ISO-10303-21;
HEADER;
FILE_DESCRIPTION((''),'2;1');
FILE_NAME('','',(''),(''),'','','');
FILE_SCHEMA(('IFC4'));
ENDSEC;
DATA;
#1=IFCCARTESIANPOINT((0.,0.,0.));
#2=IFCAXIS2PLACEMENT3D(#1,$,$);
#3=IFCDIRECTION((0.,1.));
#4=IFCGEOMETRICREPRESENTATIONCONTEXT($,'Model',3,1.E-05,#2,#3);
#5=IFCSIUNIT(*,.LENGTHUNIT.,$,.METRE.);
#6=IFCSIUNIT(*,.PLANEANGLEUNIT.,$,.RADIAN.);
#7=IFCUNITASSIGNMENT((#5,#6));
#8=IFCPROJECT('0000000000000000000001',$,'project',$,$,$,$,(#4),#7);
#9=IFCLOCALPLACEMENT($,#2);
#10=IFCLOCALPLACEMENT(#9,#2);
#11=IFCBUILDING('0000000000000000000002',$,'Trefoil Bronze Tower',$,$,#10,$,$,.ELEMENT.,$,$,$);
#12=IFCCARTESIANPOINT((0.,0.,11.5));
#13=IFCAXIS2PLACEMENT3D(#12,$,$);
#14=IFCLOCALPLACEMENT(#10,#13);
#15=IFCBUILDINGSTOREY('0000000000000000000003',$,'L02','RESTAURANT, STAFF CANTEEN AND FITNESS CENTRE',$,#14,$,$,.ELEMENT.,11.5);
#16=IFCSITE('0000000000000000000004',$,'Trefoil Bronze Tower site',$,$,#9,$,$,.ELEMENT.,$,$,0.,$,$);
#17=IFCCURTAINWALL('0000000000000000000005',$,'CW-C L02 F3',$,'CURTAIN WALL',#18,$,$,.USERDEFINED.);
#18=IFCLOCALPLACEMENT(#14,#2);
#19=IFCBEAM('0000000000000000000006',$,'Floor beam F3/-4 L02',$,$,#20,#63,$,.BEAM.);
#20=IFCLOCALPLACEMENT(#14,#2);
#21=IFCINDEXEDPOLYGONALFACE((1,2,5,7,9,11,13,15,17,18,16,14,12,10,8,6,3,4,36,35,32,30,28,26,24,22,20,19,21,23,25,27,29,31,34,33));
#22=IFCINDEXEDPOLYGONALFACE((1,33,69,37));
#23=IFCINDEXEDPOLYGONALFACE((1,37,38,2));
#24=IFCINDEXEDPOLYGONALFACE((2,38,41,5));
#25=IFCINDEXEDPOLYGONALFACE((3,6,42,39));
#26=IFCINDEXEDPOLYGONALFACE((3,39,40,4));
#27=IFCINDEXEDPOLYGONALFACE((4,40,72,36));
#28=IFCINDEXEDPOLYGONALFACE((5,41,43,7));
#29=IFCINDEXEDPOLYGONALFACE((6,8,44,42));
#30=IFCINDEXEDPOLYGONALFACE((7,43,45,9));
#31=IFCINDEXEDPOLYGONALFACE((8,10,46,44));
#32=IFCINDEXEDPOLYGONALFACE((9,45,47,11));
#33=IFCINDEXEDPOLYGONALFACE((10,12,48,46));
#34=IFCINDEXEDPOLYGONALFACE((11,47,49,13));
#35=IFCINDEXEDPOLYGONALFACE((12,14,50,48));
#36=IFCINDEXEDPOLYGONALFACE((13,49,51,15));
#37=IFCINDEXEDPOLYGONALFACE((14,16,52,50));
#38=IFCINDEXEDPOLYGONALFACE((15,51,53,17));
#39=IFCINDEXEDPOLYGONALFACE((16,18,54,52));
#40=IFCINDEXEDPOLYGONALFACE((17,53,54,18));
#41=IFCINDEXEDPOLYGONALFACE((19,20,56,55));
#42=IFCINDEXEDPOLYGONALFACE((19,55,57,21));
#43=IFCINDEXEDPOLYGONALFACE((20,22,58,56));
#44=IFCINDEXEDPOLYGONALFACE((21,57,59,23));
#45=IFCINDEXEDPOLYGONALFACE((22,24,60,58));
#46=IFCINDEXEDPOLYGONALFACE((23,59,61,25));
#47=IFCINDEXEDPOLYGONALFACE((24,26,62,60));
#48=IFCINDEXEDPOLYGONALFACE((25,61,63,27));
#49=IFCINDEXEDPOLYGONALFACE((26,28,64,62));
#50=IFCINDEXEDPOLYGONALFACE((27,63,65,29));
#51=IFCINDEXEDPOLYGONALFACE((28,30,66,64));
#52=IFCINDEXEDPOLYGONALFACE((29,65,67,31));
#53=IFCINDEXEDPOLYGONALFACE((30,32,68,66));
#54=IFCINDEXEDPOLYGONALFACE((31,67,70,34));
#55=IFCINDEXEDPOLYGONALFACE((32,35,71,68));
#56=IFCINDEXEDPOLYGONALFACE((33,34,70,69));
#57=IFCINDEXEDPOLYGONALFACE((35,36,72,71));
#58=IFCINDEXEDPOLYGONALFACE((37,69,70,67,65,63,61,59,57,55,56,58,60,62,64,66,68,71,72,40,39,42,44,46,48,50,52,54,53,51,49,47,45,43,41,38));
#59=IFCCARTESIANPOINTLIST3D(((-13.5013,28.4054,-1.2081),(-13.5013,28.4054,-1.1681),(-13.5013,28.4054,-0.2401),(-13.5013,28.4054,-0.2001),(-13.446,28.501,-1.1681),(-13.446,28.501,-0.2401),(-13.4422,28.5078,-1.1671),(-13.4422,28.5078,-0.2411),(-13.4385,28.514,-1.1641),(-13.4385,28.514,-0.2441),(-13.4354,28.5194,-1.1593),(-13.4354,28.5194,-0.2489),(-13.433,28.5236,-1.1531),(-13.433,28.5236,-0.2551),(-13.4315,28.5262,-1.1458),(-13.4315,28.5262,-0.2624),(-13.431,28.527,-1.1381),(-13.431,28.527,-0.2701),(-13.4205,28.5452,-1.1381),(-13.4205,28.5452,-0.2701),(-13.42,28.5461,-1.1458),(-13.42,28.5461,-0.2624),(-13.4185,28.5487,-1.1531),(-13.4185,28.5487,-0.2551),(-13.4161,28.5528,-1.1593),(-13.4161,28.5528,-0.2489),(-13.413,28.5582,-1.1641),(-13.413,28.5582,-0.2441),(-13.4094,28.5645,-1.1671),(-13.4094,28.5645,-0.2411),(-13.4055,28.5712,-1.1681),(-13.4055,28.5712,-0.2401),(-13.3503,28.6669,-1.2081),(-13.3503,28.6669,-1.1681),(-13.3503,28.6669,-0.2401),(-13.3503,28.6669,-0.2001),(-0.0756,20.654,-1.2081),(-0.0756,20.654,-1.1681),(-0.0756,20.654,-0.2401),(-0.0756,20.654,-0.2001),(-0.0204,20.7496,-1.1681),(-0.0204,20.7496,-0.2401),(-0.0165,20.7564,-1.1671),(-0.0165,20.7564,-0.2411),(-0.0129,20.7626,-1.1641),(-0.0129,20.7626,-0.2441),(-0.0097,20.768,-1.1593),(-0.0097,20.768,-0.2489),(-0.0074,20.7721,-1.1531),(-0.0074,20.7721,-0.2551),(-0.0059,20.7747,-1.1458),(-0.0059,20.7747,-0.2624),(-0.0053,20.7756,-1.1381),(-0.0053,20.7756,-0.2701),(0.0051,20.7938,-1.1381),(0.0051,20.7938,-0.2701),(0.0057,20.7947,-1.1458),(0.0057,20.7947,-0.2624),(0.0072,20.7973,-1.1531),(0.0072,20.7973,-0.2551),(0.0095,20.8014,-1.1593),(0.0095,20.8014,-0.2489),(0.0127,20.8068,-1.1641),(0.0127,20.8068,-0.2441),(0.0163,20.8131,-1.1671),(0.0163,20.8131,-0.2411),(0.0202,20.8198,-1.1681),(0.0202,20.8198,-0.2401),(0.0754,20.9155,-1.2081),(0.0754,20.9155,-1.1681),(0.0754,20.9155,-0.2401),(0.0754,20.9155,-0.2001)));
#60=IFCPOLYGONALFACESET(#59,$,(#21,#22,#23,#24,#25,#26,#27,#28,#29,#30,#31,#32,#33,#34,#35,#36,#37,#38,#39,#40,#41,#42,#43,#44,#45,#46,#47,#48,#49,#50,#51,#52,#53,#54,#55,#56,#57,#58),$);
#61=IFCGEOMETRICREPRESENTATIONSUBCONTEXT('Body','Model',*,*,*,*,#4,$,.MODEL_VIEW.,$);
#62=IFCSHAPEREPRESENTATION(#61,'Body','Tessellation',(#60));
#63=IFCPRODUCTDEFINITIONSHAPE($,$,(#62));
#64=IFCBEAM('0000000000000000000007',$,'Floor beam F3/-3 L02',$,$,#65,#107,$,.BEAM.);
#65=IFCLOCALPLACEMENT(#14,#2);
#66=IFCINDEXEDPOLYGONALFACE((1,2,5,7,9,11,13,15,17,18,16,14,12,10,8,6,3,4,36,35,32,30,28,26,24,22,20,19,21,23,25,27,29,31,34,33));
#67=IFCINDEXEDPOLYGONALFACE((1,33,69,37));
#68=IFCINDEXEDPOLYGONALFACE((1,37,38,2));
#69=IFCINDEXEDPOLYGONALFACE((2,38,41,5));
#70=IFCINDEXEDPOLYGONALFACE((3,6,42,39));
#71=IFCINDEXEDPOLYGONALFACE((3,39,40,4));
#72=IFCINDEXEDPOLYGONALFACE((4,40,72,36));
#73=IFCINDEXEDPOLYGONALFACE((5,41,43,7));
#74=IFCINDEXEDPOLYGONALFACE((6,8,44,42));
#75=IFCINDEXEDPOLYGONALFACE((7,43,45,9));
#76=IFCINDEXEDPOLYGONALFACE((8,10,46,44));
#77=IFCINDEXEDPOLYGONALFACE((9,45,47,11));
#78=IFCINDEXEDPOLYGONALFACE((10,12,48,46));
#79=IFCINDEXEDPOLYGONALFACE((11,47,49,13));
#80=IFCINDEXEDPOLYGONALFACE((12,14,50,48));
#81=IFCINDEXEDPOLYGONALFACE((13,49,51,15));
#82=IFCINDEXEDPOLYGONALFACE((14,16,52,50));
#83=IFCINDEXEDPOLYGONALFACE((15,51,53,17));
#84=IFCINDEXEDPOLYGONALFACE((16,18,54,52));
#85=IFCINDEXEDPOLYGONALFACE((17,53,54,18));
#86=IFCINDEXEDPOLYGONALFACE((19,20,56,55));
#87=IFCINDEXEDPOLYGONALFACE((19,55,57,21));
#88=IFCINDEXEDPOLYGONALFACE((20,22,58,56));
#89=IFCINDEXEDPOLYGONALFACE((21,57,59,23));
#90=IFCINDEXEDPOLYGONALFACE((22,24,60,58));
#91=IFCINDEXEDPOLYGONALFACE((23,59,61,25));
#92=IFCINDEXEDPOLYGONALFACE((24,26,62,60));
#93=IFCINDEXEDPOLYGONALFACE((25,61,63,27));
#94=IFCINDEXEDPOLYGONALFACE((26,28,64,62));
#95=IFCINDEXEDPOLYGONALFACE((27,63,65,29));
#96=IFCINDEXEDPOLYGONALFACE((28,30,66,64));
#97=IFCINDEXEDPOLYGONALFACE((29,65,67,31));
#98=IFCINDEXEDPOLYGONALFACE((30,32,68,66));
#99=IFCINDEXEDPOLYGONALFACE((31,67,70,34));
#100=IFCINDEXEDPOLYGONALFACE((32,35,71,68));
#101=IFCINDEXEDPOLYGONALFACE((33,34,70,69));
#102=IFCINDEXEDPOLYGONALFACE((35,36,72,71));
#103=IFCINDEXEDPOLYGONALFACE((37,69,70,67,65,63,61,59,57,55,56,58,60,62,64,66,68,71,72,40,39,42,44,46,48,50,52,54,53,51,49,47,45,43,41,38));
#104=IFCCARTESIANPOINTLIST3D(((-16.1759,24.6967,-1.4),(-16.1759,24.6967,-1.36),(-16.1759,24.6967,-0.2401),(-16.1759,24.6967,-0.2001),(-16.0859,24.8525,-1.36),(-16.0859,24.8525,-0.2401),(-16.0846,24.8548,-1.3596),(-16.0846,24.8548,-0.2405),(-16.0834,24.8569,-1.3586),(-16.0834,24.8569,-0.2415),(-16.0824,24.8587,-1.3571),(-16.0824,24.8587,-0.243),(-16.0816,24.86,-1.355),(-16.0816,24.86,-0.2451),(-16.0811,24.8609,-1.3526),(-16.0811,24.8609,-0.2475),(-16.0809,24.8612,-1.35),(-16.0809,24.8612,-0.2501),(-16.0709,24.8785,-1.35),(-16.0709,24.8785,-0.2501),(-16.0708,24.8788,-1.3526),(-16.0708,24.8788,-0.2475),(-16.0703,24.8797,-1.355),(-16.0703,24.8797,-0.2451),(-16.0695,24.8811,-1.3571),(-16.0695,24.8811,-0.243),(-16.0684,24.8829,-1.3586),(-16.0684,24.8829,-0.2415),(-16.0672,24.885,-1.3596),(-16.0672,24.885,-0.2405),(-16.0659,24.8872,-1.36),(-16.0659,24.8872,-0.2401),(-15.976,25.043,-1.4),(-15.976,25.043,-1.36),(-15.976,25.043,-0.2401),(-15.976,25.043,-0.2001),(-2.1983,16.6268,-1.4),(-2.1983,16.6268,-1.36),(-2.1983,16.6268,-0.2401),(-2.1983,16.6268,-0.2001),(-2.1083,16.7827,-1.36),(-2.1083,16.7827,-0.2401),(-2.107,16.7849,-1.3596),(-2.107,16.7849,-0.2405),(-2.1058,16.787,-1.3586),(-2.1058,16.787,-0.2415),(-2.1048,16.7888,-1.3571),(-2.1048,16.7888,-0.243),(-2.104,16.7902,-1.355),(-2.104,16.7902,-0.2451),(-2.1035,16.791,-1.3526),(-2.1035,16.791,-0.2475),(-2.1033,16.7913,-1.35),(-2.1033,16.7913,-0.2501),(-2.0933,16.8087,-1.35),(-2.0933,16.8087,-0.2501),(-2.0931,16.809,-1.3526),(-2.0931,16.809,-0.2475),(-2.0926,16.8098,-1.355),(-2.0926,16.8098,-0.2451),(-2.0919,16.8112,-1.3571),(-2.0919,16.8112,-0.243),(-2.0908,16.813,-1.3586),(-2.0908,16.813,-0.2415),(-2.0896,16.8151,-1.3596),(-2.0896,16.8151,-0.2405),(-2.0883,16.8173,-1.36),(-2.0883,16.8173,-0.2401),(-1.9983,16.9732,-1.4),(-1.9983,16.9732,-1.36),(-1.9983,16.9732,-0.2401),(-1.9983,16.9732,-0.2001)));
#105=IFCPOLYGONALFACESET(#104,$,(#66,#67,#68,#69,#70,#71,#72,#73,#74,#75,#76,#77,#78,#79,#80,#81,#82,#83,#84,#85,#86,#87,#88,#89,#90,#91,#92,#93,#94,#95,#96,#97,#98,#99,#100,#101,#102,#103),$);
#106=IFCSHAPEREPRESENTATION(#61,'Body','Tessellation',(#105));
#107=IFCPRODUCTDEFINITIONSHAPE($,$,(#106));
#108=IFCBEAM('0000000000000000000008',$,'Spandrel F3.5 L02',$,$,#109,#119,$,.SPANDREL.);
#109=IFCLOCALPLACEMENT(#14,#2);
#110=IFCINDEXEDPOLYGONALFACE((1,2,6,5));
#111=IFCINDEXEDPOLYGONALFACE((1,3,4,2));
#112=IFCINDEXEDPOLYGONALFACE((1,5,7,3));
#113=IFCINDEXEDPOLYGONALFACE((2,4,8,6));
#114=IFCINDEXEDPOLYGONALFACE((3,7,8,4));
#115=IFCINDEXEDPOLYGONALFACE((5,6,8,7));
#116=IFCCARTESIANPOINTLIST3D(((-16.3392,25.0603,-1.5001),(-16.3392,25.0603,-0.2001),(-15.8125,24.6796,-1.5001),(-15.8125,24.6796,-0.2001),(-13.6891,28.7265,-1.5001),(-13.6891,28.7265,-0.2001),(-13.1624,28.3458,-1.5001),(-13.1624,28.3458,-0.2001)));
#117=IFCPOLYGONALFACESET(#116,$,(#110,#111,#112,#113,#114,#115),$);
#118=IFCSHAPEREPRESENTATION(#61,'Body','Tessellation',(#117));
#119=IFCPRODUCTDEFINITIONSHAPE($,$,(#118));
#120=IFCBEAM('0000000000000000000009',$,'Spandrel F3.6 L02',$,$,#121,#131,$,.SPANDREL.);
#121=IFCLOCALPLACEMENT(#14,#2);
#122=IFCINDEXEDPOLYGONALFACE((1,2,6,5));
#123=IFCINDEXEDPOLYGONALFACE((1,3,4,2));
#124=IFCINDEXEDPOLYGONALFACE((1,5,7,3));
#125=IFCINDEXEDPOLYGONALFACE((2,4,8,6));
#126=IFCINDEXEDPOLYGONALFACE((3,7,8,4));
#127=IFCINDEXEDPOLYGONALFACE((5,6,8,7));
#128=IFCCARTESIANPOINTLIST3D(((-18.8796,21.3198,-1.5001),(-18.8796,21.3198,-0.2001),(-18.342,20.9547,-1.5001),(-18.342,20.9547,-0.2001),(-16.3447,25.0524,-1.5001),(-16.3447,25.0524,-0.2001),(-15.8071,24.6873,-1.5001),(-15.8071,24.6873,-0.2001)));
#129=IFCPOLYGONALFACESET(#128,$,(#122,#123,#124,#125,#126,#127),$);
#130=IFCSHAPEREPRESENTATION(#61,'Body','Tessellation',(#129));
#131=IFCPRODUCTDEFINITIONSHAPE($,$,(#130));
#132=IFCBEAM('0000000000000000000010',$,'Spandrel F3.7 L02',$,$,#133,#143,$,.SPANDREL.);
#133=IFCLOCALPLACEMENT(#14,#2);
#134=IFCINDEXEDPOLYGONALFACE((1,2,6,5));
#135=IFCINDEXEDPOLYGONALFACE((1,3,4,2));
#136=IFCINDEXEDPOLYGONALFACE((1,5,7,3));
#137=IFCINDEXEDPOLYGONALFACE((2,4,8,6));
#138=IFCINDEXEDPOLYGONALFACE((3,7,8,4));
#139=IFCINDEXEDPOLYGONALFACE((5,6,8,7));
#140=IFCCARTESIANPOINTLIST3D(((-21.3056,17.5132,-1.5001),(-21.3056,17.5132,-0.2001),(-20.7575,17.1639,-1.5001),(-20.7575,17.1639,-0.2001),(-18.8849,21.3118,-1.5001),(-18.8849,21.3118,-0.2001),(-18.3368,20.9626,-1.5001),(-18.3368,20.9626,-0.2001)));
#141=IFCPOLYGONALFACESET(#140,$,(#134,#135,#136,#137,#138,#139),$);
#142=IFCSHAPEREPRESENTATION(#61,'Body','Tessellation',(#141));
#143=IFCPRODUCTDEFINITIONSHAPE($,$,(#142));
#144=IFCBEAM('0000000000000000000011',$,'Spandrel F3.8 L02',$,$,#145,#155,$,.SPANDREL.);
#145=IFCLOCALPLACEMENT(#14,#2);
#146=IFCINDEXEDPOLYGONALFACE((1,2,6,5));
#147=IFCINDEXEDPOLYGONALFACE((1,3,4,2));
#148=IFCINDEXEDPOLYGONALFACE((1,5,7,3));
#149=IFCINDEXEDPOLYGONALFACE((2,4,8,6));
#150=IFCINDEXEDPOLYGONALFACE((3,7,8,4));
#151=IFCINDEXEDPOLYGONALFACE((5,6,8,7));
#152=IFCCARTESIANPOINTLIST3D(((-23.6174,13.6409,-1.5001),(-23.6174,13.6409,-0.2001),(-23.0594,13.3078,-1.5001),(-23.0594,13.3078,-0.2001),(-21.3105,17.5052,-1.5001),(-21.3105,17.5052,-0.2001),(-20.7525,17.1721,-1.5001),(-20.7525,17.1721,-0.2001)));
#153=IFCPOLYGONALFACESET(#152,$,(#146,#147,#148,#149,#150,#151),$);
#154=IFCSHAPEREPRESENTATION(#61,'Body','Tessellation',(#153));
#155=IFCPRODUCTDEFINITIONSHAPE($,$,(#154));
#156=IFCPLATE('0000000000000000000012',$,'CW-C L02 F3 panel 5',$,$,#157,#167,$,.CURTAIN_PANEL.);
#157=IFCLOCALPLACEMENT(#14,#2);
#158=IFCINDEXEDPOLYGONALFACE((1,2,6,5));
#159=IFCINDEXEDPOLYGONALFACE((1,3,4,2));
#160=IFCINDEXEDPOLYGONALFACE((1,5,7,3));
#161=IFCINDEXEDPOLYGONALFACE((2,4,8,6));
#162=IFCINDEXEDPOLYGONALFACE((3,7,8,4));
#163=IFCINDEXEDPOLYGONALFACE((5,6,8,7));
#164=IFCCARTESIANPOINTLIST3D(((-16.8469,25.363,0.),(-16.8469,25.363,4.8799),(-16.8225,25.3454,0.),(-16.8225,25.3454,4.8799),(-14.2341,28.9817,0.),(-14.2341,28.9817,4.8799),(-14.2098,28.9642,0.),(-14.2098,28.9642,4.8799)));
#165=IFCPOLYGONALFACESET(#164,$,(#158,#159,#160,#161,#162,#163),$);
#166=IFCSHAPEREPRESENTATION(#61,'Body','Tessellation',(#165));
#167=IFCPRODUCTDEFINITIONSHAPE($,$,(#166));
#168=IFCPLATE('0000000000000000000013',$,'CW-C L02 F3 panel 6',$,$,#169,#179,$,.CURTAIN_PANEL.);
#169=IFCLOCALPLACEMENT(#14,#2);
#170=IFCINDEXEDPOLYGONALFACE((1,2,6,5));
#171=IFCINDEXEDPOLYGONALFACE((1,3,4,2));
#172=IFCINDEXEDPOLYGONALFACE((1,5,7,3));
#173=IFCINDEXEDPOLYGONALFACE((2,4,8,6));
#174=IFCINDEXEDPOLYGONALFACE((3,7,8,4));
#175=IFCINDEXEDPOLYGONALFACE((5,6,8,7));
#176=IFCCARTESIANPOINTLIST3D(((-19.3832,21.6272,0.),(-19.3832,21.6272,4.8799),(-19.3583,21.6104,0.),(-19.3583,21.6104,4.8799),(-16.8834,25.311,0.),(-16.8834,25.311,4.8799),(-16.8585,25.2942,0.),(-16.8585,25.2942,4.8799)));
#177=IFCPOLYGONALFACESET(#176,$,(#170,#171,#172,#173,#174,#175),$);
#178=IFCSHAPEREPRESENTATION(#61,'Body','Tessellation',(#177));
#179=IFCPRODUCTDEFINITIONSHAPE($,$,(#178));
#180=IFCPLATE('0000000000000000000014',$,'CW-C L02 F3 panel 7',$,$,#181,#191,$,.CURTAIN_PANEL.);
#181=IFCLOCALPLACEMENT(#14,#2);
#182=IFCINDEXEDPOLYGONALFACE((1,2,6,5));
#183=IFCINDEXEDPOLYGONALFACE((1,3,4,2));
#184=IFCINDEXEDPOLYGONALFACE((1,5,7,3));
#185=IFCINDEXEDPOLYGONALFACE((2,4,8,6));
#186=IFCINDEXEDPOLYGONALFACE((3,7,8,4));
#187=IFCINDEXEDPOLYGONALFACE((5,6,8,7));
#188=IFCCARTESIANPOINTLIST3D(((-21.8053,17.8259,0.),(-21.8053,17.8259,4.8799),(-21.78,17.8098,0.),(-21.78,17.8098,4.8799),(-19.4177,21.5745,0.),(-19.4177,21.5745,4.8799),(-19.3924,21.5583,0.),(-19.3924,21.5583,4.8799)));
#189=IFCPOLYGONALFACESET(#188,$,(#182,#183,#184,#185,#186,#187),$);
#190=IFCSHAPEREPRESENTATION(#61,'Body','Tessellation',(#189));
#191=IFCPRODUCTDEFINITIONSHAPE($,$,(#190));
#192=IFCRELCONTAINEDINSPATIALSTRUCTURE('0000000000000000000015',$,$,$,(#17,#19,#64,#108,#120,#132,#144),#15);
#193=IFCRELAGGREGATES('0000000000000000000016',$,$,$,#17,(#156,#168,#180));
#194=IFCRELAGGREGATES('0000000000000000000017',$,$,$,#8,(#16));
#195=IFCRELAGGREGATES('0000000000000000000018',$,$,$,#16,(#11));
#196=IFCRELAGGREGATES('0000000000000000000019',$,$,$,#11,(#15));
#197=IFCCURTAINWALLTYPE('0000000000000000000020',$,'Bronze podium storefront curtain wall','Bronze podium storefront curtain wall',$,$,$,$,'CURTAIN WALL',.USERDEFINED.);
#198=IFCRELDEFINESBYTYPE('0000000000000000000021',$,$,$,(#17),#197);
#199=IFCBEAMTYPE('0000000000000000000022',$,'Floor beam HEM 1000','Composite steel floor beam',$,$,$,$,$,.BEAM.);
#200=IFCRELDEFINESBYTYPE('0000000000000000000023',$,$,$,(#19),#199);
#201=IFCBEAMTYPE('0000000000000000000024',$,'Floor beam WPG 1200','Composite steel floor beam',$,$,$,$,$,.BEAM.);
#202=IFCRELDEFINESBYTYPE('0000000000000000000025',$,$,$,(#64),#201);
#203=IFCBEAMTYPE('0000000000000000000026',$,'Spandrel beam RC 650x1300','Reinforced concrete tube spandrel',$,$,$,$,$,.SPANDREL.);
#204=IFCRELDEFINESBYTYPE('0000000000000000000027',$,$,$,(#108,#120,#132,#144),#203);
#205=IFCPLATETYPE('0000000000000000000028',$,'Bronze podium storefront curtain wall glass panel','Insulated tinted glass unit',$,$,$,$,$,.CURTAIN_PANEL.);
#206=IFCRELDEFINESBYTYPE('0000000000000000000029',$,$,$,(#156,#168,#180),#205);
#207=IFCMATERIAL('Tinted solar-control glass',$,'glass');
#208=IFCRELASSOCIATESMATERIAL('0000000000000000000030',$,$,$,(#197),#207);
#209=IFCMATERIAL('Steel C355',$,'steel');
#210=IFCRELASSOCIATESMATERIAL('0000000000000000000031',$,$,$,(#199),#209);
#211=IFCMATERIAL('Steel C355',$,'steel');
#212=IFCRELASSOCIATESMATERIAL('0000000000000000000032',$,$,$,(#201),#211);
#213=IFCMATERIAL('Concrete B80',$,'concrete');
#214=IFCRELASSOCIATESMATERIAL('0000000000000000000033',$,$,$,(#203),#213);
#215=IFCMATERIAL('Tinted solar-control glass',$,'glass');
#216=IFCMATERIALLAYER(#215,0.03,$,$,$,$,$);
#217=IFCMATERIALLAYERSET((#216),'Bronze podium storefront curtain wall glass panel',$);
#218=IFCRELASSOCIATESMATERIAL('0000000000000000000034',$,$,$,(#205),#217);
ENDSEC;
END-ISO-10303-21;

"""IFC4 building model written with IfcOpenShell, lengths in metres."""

from ifc_helpers import new_model, si_unit, direction, frame, origin, origin_2d, place, context, subcontext, project, spatial, rectangle, i_section, extrude, material, layer, layer_set, material_profile, profile_set, type_object, element, aggregate, save


model = new_model("IFC4")

# Units and contexts
model_context = context("Model", 3, precision=1e-05, world=origin(), true_north=direction((0.0, 1.0)))
body_context = subcontext(model_context, "Body", "Model", "MODEL_VIEW")
ifc_project = project(units=[si_unit("LENGTHUNIT", "METRE"), si_unit("PLANEANGLEUNIT", "RADIAN")], contexts=[model_context])

# Site, building, storey
site_placement = place(None, origin())
site = spatial("IfcSite", under=ifc_project, at=site_placement, Name="Trefoil Bronze Tower site", CompositionType="ELEMENT", RefElevation=0.0)
building_placement = place(site_placement, origin())
building = spatial("IfcBuilding", under=site, at=building_placement, Name="Trefoil Bronze Tower", CompositionType="ELEMENT")
storey_placement = place(building_placement, frame((0.0, 0.0, 11.5)))
storey = spatial("IfcBuildingStorey", under=building, at=storey_placement, Name="L02", Description="RESTAURANT, STAFF CANTEEN AND FITNESS CENTRE", CompositionType="ELEMENT", Elevation=11.5)

# Curtain wall
ifc_material_1 = material(Name="Tinted solar-control glass", Category="glass")
curtain_wall_type = type_object("IfcCurtainWallType", Name="Bronze podium storefront curtain wall", Description="Bronze podium storefront curtain wall", ElementType="CURTAIN WALL", PredefinedType="USERDEFINED", material=ifc_material_1)
curtain_wall_placement = place(storey_placement, origin())
curtain_wall = element("IfcCurtainWall", 1, at=curtain_wall_placement, inside=storey, type_object=curtain_wall_type, Name="CW-C L02 F3", ObjectType="CURTAIN WALL", PredefinedType="USERDEFINED")

# Beams
ifc_material_2 = material(Name="Steel C355", Category="steel")
ifc_material_profile_1 = material_profile(ifc_material_2, i_section(OverallWidth=0.302, OverallDepth=1.0081, WebThickness=0.021, FlangeThickness=0.04, FilletRadius=0.03, at=origin_2d()), Name="HEM 1000")
ifc_profile_set_1 = profile_set([ifc_material_profile_1], Name="Steel C355")
beam_type_1 = type_object("IfcBeamType", Name="Floor beam HEM 1000", Description="Composite steel floor beam", PredefinedType="BEAM", material=ifc_profile_set_1)
beam_1_placement = place(storey_placement, frame((-13.4258, 28.5361, -0.7041), z_axis=(0.866023, -0.500004, 0.0), x_axis=(0.500004, 0.866023, 0.0)))
element("IfcBeam", 2, at=beam_1_placement, inside=storey, type_object=beam_type_1, Name="Floor beam F3/-4 L02", PredefinedType="BEAM", context=body_context, shape_type="SweptSolid", body=[
    extrude(i_section(OverallWidth=0.302, OverallDepth=1.0081, WebThickness=0.021, FlangeThickness=0.04, FilletRadius=0.03, at=origin_2d()), origin(), (0.0, 0.0, 1.0), 15.5027),
])
ifc_material_3 = material(Name="Steel C355", Category="steel")
ifc_material_profile_2 = material_profile(ifc_material_3, i_section(OverallWidth=0.3999, OverallDepth=1.2, WebThickness=0.02, FlangeThickness=0.04, FilletRadius=0.01, at=origin_2d()), Name="WPG 1200")
ifc_profile_set_2 = profile_set([ifc_material_profile_2], Name="Steel C355")
beam_type_2 = type_object("IfcBeamType", Name="Floor beam WPG 1200", Description="Composite steel floor beam", PredefinedType="BEAM", material=ifc_profile_set_2)
beam_2_placement = place(storey_placement, frame((-16.0759, 24.8699, -0.8), z_axis=(0.866028, -0.499995, 0.0), x_axis=(0.499995, 0.866028, 0.0)))
element("IfcBeam", 3, at=beam_2_placement, inside=storey, type_object=beam_type_2, Name="Floor beam F3/-3 L02", PredefinedType="BEAM", context=body_context, shape_type="SweptSolid", body=[
    extrude(i_section(OverallWidth=0.3999, OverallDepth=1.2, WebThickness=0.02, FlangeThickness=0.04, FilletRadius=0.01, at=origin_2d()), origin(), (0.0, 0.0, 1.0), 16.1399),
])
ifc_material_4 = material(Name="Concrete B80", Category="concrete")
ifc_material_profile_3 = material_profile(ifc_material_4, rectangle(XDim=0.6499, YDim=1.3, at=origin_2d()), Name="RC 650x1300")
ifc_profile_set_3 = profile_set([ifc_material_profile_3], Name="Concrete B80")
beam_type_3 = type_object("IfcBeamType", Name="Spandrel beam RC 650x1300", Description="Reinforced concrete tube spandrel", PredefinedType="SPANDREL", material=ifc_profile_set_3)
beam_3_placement = place(storey_placement, frame((-13.4258, 28.5361, -0.8501), z_axis=(-0.585824, -0.810439, 0.0), x_axis=(0.810439, -0.585824, 0.0)))
element("IfcBeam", 4, at=beam_3_placement, inside=storey, type_object=beam_type_3, Name="Spandrel F3.5 L02", PredefinedType="SPANDREL", context=body_context, shape_type="SweptSolid", body=[
    extrude(rectangle(XDim=0.6499, YDim=1.3, at=origin_2d()), origin(), (0.0, 0.0, 1.0), 4.5237),
])
beam_4_placement = place(storey_placement, frame((-16.0759, 24.8699, -0.8501), z_axis=(-0.56181, -0.827267, 0.0), x_axis=(0.827267, -0.56181, 0.0)))
element("IfcBeam", 5, at=beam_4_placement, inside=storey, type_object=beam_type_3, Name="Spandrel F3.6 L02", PredefinedType="SPANDREL", context=body_context, shape_type="SweptSolid", body=[
    extrude(rectangle(XDim=0.6499, YDim=1.3, at=origin_2d()), origin(), (0.0, 0.0, 1.0), 4.512),
])
beam_5_placement = place(storey_placement, frame((-18.6108, 21.1372, -0.8501), z_axis=(-0.537408, -0.843322, 0.0), x_axis=(0.843322, -0.537408, 0.0)))
element("IfcBeam", 6, at=beam_5_placement, inside=storey, type_object=beam_type_3, Name="Spandrel F3.7 L02", PredefinedType="SPANDREL", context=body_context, shape_type="SweptSolid", body=[
    extrude(rectangle(XDim=0.6499, YDim=1.3, at=origin_2d()), origin(), (0.0, 0.0, 1.0), 4.5044),
])
beam_6_placement = place(storey_placement, frame((-21.0315, 17.3386, -0.8501), z_axis=(-0.512588, -0.858635, 0.0), x_axis=(0.858635, -0.512588, 0.0)))
element("IfcBeam", 7, at=beam_6_placement, inside=storey, type_object=beam_type_3, Name="Spandrel F3.8 L02", PredefinedType="SPANDREL", context=body_context, shape_type="SweptSolid", body=[
    extrude(rectangle(XDim=0.6499, YDim=1.3, at=origin_2d()), origin(), (0.0, 0.0, 1.0), 4.5005),
])

# Plates
ifc_material_5 = material(Name="Tinted solar-control glass", Category="glass")
ifc_layer_1 = layer(ifc_material_5, 0.03)
ifc_layer_set_1 = layer_set([ifc_layer_1], Name="Bronze podium storefront curtain wall glass panel")
plate_type = type_object("IfcPlateType", Name="Bronze podium storefront curtain wall glass panel", Description="Insulated tinted glass unit", PredefinedType="CURTAIN_PANEL", material=ifc_layer_set_1)
plate_1_placement = place(storey_placement, frame((-15.5283, 27.1636, 0.0), z_axis=(0.0, 0.0, 1.0), x_axis=(-0.585373, -0.810764, 0.0)))
plate_1 = element("IfcPlate", 8, at=plate_1_placement, type_object=plate_type, Name="CW-C L02 F3 panel 5", PredefinedType="CURTAIN_PANEL", context=body_context, shape_type="SweptSolid", body=[
    extrude(rectangle(XDim=4.4634, YDim=0.03, at=origin_2d()), origin(), (0.0, 0.0, 1.0), 4.8799),
])
plate_2_placement = place(storey_placement, frame((-18.1208, 23.4607, 0.0), z_axis=(0.0, 0.0, 1.0), x_axis=(-0.56151, -0.82747, 0.0)))
plate_2 = element("IfcPlate", 9, at=plate_2_placement, type_object=plate_type, Name="CW-C L02 F3 panel 6", PredefinedType="CURTAIN_PANEL", context=body_context, shape_type="SweptSolid", body=[
    extrude(rectangle(XDim=4.4519, YDim=0.03, at=origin_2d()), origin(), (0.0, 0.0, 1.0), 4.8799),
])
plate_3_placement = place(storey_placement, frame((-20.5989, 19.6921, 0.0), z_axis=(0.0, 0.0, 1.0), x_axis=(-0.537222, -0.843441, 0.0)))
plate_3 = element("IfcPlate", 10, at=plate_3_placement, type_object=plate_type, Name="CW-C L02 F3 panel 7", PredefinedType="CURTAIN_PANEL", context=body_context, shape_type="SweptSolid", body=[
    extrude(rectangle(XDim=4.4443, YDim=0.03, at=origin_2d()), origin(), (0.0, 0.0, 1.0), 4.8799),
])
aggregate(curtain_wall, [plate_1, plate_2, plate_3])

save(model, "model.ifc")
